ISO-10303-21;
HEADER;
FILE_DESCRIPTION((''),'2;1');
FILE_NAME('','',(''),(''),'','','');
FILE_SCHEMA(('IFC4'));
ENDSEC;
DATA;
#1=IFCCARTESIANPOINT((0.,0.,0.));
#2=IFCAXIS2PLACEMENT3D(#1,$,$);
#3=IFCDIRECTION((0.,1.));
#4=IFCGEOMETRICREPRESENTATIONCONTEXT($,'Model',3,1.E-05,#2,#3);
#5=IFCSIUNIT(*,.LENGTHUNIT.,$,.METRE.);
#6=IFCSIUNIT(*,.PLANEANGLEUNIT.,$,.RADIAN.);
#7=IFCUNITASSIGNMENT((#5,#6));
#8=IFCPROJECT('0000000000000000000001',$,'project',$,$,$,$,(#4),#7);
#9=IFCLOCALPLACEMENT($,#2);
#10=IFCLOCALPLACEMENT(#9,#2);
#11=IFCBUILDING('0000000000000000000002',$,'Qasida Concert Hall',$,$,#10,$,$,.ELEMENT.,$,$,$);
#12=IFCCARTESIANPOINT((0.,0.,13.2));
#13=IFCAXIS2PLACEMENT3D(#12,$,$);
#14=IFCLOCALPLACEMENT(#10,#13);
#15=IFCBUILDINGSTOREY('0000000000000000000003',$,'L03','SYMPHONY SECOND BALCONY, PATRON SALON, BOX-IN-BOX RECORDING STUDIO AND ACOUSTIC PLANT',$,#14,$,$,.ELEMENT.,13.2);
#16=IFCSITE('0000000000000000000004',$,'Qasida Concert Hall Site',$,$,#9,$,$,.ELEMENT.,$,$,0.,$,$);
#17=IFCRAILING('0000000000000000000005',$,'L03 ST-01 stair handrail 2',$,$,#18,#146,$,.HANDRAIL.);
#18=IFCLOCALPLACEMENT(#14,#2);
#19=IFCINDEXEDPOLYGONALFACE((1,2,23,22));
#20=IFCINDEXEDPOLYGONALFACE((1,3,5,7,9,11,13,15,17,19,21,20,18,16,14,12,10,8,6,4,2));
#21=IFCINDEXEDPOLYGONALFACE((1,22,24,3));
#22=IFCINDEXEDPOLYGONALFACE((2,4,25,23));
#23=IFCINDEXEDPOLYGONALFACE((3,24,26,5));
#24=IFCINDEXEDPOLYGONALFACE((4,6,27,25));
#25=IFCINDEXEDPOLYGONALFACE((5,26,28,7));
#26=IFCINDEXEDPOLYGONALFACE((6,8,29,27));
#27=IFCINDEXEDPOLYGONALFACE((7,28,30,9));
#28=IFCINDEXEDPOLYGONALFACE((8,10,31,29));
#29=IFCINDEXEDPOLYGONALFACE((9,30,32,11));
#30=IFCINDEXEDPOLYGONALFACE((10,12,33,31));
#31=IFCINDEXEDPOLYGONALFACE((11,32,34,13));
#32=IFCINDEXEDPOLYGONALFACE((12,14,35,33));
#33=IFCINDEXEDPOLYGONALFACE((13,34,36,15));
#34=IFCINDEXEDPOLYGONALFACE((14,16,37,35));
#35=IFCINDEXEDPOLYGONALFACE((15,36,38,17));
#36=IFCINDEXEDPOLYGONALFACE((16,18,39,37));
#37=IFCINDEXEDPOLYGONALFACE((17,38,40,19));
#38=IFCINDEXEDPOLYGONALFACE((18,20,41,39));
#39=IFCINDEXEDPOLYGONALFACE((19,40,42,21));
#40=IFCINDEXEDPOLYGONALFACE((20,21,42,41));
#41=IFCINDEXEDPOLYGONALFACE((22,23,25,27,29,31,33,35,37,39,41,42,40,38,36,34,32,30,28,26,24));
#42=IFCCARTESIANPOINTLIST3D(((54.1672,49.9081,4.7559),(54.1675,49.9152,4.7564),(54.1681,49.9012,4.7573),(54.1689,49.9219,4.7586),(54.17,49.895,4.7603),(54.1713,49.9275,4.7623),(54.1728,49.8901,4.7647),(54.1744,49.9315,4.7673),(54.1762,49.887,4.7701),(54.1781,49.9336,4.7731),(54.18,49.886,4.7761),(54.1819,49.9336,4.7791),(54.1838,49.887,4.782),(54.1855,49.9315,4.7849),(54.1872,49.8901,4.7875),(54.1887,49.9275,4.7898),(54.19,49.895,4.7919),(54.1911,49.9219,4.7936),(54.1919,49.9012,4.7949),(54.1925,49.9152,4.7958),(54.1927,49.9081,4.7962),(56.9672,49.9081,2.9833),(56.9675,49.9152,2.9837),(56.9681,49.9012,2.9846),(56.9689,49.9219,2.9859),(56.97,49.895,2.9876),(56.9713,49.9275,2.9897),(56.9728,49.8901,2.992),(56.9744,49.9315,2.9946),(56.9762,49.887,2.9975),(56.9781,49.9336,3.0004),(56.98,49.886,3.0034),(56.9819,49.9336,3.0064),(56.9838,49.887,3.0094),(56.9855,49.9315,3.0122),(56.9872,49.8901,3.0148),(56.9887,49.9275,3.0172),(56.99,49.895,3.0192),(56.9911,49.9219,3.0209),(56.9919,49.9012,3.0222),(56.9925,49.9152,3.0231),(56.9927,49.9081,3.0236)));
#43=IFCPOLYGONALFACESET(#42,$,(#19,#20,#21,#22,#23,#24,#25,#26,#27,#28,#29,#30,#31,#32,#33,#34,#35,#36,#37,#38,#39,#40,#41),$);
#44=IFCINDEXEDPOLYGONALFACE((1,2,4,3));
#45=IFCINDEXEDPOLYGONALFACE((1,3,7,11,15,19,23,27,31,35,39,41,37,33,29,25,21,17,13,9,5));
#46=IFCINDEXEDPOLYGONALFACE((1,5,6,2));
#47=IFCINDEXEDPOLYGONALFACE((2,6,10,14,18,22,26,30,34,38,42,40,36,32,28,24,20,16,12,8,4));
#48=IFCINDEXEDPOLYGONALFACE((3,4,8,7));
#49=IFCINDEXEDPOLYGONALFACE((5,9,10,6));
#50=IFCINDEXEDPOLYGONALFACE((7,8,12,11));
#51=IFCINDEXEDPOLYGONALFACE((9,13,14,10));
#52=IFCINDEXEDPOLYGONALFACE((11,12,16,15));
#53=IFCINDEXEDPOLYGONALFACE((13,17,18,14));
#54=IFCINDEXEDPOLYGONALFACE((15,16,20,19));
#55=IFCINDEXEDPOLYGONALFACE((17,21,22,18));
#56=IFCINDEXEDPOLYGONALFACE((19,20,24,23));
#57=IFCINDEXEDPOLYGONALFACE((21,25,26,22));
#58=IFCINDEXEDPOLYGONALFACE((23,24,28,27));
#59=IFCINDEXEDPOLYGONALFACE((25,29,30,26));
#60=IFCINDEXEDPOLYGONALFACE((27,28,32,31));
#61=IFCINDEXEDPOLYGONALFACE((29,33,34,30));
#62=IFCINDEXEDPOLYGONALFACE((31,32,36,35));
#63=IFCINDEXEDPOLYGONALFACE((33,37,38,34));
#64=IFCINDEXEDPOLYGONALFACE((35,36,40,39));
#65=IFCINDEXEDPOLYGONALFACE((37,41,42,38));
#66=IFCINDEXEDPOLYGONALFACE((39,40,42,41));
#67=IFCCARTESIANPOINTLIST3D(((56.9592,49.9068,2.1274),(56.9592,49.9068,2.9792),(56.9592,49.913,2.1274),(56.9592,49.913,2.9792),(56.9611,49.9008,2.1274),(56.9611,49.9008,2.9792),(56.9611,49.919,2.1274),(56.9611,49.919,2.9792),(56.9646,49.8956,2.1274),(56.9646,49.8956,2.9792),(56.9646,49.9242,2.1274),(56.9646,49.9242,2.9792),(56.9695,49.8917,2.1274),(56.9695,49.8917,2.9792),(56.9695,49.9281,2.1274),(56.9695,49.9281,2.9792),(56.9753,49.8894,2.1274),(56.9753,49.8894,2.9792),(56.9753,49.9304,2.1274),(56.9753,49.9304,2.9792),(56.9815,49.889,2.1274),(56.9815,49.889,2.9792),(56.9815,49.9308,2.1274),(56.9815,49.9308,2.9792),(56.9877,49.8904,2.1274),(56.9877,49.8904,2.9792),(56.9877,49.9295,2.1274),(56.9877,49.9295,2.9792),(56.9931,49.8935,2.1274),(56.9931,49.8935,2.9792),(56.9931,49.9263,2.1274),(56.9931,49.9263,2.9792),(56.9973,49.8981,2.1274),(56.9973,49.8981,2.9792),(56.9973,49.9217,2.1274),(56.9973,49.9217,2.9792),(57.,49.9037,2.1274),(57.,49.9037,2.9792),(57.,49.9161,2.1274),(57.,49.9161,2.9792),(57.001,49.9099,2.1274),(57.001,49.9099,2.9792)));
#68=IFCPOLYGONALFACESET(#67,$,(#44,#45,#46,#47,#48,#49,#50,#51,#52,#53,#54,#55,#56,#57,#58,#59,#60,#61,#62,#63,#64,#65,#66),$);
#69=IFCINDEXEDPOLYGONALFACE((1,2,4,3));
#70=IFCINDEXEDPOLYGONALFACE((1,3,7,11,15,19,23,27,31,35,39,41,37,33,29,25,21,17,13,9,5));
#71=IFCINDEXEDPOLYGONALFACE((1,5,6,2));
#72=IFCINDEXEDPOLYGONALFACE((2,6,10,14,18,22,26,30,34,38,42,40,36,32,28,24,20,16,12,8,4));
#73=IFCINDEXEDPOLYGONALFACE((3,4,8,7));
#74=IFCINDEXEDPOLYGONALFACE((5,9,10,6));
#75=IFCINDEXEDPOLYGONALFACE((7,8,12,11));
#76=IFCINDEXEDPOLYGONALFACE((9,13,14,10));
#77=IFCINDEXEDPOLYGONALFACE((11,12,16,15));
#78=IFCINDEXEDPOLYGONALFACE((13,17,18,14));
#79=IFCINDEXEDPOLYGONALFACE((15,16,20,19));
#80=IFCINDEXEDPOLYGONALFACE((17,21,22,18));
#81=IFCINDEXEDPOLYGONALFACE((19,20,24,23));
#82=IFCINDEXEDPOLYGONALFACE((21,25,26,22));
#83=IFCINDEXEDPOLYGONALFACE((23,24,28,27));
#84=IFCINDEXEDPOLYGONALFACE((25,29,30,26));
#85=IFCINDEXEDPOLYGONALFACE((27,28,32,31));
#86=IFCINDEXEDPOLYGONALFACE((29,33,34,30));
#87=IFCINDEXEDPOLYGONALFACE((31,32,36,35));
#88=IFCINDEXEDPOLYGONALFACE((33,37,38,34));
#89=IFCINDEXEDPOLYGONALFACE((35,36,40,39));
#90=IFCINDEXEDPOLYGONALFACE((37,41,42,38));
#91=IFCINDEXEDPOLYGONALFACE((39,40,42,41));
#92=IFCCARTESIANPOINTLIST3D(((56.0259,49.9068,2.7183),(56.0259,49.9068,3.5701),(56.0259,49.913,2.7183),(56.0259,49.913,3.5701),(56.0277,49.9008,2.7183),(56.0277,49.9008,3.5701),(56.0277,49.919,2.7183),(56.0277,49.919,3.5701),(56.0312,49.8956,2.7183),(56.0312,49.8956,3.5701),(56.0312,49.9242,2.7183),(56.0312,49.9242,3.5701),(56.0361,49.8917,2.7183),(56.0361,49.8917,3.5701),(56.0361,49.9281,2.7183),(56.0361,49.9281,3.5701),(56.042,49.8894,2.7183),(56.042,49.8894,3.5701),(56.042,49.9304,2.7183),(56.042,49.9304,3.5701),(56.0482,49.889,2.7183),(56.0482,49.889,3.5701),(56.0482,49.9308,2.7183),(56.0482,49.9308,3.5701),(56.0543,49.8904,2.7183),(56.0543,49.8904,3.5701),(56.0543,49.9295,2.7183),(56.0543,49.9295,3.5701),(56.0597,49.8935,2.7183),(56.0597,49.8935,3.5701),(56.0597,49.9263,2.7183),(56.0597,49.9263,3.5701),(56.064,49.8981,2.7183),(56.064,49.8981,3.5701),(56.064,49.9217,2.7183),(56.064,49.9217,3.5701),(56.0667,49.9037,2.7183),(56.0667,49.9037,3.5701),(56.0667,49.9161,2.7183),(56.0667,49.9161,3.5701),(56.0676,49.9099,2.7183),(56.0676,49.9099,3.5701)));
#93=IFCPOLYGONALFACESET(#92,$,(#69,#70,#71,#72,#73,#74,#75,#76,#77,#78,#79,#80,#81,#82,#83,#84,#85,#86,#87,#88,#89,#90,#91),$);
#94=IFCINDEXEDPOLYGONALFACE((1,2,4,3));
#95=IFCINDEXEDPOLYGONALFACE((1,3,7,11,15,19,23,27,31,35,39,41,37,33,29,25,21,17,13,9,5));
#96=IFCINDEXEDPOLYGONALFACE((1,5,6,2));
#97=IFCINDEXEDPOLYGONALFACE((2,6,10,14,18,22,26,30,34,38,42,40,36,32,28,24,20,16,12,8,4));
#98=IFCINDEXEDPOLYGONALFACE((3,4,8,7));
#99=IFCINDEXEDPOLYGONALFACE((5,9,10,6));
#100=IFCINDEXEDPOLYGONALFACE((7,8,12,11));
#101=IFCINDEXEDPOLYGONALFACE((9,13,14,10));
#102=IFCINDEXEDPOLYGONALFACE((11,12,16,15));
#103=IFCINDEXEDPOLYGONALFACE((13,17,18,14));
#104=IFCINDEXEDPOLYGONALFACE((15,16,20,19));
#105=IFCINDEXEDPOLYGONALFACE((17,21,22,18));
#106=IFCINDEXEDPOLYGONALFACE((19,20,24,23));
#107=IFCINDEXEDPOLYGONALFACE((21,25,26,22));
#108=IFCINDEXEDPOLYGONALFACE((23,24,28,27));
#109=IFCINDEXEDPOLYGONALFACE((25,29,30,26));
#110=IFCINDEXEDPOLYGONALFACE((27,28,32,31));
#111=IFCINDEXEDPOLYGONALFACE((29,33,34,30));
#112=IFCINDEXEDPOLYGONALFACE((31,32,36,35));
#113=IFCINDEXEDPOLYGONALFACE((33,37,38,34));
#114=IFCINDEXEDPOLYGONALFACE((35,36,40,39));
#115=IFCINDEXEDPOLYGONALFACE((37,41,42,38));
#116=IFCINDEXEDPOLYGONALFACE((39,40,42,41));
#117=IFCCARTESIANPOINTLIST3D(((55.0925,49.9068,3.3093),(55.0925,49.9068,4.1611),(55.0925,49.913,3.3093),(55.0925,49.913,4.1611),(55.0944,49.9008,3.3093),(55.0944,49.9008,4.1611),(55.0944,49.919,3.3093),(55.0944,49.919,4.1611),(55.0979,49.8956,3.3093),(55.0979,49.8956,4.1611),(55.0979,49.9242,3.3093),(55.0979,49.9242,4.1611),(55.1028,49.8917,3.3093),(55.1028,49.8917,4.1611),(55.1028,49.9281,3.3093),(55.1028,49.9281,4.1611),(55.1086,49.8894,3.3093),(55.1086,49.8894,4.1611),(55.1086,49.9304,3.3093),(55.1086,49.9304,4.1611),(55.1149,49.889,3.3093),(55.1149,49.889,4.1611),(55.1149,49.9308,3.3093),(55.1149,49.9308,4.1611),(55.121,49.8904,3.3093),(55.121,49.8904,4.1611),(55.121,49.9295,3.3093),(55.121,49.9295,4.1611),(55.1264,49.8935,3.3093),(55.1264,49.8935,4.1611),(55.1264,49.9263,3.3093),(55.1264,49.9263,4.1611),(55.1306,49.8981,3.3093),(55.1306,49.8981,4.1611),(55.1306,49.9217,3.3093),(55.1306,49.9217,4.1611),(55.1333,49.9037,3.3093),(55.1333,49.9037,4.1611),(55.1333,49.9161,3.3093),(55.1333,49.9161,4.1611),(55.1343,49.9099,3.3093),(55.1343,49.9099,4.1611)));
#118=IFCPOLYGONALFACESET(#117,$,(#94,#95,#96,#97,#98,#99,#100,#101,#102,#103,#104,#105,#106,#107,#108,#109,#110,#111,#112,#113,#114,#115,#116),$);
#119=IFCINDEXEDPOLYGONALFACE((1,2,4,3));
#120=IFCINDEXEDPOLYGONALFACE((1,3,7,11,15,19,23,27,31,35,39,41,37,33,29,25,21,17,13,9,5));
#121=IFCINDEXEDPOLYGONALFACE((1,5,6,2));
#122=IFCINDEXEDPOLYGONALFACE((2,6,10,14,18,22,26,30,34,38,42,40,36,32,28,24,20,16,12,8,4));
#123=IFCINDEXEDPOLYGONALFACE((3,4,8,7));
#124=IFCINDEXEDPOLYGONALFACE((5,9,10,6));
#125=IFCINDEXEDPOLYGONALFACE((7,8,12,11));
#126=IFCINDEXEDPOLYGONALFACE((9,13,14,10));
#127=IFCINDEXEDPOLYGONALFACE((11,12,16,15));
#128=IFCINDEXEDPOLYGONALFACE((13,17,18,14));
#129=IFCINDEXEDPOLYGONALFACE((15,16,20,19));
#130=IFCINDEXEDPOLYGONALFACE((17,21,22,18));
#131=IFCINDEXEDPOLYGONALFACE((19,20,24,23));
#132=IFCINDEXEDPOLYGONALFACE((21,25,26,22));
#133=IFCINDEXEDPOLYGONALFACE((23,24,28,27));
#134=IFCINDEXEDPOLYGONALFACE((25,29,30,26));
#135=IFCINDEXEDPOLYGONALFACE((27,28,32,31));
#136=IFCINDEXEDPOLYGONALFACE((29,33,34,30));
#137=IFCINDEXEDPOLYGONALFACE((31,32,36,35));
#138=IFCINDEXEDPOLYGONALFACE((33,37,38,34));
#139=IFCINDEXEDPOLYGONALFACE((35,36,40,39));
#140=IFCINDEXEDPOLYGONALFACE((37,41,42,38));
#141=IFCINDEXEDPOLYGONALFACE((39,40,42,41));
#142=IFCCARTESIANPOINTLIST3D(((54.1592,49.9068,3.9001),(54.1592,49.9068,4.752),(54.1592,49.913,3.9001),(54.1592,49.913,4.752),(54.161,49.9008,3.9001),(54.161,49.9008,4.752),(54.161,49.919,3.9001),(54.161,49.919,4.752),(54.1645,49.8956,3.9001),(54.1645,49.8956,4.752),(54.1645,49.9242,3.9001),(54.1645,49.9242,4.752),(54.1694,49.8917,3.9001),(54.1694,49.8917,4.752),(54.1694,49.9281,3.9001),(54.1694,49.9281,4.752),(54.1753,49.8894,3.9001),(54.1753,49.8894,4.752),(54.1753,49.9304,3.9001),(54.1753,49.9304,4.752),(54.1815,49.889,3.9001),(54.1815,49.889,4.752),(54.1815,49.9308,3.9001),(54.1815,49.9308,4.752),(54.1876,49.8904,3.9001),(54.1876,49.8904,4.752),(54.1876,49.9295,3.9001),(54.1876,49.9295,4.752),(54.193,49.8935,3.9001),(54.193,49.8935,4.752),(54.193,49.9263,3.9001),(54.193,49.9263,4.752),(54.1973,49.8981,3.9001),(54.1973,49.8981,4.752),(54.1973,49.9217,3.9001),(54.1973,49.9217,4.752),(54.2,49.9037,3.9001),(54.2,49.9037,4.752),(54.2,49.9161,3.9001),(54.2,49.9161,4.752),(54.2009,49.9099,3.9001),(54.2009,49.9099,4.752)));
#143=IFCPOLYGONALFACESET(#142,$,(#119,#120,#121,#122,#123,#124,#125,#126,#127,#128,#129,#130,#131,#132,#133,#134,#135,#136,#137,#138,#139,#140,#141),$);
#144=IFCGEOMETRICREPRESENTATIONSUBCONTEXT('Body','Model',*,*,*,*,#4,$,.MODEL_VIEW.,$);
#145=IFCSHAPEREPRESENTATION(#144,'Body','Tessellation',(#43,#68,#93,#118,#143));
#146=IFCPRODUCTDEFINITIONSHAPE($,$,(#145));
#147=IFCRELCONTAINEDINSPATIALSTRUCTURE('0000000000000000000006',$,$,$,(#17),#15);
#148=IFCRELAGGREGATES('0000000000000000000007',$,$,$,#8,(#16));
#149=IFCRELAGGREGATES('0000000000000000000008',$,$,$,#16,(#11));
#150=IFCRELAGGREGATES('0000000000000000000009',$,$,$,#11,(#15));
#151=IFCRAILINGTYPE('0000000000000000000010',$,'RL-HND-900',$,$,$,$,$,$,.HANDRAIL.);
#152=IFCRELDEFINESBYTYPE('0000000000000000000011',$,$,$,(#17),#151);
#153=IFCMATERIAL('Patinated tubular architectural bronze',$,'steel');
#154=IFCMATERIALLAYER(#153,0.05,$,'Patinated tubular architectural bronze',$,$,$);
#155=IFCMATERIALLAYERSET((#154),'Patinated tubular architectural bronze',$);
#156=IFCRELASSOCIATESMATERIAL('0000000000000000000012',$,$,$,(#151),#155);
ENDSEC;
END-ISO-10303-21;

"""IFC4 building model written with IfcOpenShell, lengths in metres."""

from ifc_helpers import new_model, si_unit, direction, frame, origin, origin_2d, place, context, subcontext, project, spatial, circle, extrude, material, layer, layer_set, type_object, element, save


model = new_model("IFC4")

# Units and contexts
model_context = context("Model", 3, precision=1e-05, world=origin(), true_north=direction((0.0, 1.0)))
body_context = subcontext(model_context, "Body", "Model", "MODEL_VIEW")
ifc_project = project(units=[si_unit("LENGTHUNIT", "METRE"), si_unit("PLANEANGLEUNIT", "RADIAN")], contexts=[model_context])

# Site, building, storey
site_placement = place(None, origin())
site = spatial("IfcSite", under=ifc_project, at=site_placement, Name="Qasida Concert Hall Site", CompositionType="ELEMENT", RefElevation=0.0)
building_placement = place(site_placement, origin())
building = spatial("IfcBuilding", under=site, at=building_placement, Name="Qasida Concert Hall", CompositionType="ELEMENT")
storey_placement = place(building_placement, frame((0.0, 0.0, 13.2)))
storey = spatial("IfcBuildingStorey", under=building, at=storey_placement, Name="L03", Description="SYMPHONY SECOND BALCONY, PATRON SALON, BOX-IN-BOX RECORDING STUDIO AND ACOUSTIC PLANT", CompositionType="ELEMENT", Elevation=13.2)

# Railing
ifc_material_1 = material(Name="Patinated tubular architectural bronze", Category="steel")
ifc_layer_1 = layer(ifc_material_1, 0.05, Name="Patinated tubular architectural bronze")
ifc_layer_set_1 = layer_set([ifc_layer_1], Name="Patinated tubular architectural bronze")
railing_type_1 = type_object("IfcRailingType", Name="RL-HND-900", PredefinedType="HANDRAIL", material=ifc_layer_set_1)
railing_1_placement = place(storey_placement, frame((56.98, 49.9099, 2.1274)))
element("IfcRailing", 1, at=railing_1_placement, inside=storey, type_object=railing_type_1, Name="L03 ST-01 stair handrail 2", PredefinedType="HANDRAIL", context=body_context, shape_type="SweptSolid", body=[
    extrude(circle(Radius=0.0239, at=origin_2d()), frame((0.0, 0.0, 0.876), z_axis=(-0.844909, 0.0, 0.53491), x_axis=(0.0, -1.0, 0.0)), (0.0, 0.0, 1.0), 3.314),
    extrude(circle(Radius=0.021, at=origin_2d()), origin(), (0.0, 0.0, 1.0), 0.8518),
    extrude(circle(Radius=0.021, at=origin_2d()), frame((-0.9333, 0.0, 0.5908)), (0.0, 0.0, 1.0), 0.8518),
    extrude(circle(Radius=0.021, at=origin_2d()), frame((-1.8667, 0.0, 1.1819)), (0.0, 0.0, 1.0), 0.8518),
    extrude(circle(Radius=0.021, at=origin_2d()), frame((-2.8, 0.0, 1.7727)), (0.0, 0.0, 1.0), 0.8518),
])

save(model, "model.ifc")
